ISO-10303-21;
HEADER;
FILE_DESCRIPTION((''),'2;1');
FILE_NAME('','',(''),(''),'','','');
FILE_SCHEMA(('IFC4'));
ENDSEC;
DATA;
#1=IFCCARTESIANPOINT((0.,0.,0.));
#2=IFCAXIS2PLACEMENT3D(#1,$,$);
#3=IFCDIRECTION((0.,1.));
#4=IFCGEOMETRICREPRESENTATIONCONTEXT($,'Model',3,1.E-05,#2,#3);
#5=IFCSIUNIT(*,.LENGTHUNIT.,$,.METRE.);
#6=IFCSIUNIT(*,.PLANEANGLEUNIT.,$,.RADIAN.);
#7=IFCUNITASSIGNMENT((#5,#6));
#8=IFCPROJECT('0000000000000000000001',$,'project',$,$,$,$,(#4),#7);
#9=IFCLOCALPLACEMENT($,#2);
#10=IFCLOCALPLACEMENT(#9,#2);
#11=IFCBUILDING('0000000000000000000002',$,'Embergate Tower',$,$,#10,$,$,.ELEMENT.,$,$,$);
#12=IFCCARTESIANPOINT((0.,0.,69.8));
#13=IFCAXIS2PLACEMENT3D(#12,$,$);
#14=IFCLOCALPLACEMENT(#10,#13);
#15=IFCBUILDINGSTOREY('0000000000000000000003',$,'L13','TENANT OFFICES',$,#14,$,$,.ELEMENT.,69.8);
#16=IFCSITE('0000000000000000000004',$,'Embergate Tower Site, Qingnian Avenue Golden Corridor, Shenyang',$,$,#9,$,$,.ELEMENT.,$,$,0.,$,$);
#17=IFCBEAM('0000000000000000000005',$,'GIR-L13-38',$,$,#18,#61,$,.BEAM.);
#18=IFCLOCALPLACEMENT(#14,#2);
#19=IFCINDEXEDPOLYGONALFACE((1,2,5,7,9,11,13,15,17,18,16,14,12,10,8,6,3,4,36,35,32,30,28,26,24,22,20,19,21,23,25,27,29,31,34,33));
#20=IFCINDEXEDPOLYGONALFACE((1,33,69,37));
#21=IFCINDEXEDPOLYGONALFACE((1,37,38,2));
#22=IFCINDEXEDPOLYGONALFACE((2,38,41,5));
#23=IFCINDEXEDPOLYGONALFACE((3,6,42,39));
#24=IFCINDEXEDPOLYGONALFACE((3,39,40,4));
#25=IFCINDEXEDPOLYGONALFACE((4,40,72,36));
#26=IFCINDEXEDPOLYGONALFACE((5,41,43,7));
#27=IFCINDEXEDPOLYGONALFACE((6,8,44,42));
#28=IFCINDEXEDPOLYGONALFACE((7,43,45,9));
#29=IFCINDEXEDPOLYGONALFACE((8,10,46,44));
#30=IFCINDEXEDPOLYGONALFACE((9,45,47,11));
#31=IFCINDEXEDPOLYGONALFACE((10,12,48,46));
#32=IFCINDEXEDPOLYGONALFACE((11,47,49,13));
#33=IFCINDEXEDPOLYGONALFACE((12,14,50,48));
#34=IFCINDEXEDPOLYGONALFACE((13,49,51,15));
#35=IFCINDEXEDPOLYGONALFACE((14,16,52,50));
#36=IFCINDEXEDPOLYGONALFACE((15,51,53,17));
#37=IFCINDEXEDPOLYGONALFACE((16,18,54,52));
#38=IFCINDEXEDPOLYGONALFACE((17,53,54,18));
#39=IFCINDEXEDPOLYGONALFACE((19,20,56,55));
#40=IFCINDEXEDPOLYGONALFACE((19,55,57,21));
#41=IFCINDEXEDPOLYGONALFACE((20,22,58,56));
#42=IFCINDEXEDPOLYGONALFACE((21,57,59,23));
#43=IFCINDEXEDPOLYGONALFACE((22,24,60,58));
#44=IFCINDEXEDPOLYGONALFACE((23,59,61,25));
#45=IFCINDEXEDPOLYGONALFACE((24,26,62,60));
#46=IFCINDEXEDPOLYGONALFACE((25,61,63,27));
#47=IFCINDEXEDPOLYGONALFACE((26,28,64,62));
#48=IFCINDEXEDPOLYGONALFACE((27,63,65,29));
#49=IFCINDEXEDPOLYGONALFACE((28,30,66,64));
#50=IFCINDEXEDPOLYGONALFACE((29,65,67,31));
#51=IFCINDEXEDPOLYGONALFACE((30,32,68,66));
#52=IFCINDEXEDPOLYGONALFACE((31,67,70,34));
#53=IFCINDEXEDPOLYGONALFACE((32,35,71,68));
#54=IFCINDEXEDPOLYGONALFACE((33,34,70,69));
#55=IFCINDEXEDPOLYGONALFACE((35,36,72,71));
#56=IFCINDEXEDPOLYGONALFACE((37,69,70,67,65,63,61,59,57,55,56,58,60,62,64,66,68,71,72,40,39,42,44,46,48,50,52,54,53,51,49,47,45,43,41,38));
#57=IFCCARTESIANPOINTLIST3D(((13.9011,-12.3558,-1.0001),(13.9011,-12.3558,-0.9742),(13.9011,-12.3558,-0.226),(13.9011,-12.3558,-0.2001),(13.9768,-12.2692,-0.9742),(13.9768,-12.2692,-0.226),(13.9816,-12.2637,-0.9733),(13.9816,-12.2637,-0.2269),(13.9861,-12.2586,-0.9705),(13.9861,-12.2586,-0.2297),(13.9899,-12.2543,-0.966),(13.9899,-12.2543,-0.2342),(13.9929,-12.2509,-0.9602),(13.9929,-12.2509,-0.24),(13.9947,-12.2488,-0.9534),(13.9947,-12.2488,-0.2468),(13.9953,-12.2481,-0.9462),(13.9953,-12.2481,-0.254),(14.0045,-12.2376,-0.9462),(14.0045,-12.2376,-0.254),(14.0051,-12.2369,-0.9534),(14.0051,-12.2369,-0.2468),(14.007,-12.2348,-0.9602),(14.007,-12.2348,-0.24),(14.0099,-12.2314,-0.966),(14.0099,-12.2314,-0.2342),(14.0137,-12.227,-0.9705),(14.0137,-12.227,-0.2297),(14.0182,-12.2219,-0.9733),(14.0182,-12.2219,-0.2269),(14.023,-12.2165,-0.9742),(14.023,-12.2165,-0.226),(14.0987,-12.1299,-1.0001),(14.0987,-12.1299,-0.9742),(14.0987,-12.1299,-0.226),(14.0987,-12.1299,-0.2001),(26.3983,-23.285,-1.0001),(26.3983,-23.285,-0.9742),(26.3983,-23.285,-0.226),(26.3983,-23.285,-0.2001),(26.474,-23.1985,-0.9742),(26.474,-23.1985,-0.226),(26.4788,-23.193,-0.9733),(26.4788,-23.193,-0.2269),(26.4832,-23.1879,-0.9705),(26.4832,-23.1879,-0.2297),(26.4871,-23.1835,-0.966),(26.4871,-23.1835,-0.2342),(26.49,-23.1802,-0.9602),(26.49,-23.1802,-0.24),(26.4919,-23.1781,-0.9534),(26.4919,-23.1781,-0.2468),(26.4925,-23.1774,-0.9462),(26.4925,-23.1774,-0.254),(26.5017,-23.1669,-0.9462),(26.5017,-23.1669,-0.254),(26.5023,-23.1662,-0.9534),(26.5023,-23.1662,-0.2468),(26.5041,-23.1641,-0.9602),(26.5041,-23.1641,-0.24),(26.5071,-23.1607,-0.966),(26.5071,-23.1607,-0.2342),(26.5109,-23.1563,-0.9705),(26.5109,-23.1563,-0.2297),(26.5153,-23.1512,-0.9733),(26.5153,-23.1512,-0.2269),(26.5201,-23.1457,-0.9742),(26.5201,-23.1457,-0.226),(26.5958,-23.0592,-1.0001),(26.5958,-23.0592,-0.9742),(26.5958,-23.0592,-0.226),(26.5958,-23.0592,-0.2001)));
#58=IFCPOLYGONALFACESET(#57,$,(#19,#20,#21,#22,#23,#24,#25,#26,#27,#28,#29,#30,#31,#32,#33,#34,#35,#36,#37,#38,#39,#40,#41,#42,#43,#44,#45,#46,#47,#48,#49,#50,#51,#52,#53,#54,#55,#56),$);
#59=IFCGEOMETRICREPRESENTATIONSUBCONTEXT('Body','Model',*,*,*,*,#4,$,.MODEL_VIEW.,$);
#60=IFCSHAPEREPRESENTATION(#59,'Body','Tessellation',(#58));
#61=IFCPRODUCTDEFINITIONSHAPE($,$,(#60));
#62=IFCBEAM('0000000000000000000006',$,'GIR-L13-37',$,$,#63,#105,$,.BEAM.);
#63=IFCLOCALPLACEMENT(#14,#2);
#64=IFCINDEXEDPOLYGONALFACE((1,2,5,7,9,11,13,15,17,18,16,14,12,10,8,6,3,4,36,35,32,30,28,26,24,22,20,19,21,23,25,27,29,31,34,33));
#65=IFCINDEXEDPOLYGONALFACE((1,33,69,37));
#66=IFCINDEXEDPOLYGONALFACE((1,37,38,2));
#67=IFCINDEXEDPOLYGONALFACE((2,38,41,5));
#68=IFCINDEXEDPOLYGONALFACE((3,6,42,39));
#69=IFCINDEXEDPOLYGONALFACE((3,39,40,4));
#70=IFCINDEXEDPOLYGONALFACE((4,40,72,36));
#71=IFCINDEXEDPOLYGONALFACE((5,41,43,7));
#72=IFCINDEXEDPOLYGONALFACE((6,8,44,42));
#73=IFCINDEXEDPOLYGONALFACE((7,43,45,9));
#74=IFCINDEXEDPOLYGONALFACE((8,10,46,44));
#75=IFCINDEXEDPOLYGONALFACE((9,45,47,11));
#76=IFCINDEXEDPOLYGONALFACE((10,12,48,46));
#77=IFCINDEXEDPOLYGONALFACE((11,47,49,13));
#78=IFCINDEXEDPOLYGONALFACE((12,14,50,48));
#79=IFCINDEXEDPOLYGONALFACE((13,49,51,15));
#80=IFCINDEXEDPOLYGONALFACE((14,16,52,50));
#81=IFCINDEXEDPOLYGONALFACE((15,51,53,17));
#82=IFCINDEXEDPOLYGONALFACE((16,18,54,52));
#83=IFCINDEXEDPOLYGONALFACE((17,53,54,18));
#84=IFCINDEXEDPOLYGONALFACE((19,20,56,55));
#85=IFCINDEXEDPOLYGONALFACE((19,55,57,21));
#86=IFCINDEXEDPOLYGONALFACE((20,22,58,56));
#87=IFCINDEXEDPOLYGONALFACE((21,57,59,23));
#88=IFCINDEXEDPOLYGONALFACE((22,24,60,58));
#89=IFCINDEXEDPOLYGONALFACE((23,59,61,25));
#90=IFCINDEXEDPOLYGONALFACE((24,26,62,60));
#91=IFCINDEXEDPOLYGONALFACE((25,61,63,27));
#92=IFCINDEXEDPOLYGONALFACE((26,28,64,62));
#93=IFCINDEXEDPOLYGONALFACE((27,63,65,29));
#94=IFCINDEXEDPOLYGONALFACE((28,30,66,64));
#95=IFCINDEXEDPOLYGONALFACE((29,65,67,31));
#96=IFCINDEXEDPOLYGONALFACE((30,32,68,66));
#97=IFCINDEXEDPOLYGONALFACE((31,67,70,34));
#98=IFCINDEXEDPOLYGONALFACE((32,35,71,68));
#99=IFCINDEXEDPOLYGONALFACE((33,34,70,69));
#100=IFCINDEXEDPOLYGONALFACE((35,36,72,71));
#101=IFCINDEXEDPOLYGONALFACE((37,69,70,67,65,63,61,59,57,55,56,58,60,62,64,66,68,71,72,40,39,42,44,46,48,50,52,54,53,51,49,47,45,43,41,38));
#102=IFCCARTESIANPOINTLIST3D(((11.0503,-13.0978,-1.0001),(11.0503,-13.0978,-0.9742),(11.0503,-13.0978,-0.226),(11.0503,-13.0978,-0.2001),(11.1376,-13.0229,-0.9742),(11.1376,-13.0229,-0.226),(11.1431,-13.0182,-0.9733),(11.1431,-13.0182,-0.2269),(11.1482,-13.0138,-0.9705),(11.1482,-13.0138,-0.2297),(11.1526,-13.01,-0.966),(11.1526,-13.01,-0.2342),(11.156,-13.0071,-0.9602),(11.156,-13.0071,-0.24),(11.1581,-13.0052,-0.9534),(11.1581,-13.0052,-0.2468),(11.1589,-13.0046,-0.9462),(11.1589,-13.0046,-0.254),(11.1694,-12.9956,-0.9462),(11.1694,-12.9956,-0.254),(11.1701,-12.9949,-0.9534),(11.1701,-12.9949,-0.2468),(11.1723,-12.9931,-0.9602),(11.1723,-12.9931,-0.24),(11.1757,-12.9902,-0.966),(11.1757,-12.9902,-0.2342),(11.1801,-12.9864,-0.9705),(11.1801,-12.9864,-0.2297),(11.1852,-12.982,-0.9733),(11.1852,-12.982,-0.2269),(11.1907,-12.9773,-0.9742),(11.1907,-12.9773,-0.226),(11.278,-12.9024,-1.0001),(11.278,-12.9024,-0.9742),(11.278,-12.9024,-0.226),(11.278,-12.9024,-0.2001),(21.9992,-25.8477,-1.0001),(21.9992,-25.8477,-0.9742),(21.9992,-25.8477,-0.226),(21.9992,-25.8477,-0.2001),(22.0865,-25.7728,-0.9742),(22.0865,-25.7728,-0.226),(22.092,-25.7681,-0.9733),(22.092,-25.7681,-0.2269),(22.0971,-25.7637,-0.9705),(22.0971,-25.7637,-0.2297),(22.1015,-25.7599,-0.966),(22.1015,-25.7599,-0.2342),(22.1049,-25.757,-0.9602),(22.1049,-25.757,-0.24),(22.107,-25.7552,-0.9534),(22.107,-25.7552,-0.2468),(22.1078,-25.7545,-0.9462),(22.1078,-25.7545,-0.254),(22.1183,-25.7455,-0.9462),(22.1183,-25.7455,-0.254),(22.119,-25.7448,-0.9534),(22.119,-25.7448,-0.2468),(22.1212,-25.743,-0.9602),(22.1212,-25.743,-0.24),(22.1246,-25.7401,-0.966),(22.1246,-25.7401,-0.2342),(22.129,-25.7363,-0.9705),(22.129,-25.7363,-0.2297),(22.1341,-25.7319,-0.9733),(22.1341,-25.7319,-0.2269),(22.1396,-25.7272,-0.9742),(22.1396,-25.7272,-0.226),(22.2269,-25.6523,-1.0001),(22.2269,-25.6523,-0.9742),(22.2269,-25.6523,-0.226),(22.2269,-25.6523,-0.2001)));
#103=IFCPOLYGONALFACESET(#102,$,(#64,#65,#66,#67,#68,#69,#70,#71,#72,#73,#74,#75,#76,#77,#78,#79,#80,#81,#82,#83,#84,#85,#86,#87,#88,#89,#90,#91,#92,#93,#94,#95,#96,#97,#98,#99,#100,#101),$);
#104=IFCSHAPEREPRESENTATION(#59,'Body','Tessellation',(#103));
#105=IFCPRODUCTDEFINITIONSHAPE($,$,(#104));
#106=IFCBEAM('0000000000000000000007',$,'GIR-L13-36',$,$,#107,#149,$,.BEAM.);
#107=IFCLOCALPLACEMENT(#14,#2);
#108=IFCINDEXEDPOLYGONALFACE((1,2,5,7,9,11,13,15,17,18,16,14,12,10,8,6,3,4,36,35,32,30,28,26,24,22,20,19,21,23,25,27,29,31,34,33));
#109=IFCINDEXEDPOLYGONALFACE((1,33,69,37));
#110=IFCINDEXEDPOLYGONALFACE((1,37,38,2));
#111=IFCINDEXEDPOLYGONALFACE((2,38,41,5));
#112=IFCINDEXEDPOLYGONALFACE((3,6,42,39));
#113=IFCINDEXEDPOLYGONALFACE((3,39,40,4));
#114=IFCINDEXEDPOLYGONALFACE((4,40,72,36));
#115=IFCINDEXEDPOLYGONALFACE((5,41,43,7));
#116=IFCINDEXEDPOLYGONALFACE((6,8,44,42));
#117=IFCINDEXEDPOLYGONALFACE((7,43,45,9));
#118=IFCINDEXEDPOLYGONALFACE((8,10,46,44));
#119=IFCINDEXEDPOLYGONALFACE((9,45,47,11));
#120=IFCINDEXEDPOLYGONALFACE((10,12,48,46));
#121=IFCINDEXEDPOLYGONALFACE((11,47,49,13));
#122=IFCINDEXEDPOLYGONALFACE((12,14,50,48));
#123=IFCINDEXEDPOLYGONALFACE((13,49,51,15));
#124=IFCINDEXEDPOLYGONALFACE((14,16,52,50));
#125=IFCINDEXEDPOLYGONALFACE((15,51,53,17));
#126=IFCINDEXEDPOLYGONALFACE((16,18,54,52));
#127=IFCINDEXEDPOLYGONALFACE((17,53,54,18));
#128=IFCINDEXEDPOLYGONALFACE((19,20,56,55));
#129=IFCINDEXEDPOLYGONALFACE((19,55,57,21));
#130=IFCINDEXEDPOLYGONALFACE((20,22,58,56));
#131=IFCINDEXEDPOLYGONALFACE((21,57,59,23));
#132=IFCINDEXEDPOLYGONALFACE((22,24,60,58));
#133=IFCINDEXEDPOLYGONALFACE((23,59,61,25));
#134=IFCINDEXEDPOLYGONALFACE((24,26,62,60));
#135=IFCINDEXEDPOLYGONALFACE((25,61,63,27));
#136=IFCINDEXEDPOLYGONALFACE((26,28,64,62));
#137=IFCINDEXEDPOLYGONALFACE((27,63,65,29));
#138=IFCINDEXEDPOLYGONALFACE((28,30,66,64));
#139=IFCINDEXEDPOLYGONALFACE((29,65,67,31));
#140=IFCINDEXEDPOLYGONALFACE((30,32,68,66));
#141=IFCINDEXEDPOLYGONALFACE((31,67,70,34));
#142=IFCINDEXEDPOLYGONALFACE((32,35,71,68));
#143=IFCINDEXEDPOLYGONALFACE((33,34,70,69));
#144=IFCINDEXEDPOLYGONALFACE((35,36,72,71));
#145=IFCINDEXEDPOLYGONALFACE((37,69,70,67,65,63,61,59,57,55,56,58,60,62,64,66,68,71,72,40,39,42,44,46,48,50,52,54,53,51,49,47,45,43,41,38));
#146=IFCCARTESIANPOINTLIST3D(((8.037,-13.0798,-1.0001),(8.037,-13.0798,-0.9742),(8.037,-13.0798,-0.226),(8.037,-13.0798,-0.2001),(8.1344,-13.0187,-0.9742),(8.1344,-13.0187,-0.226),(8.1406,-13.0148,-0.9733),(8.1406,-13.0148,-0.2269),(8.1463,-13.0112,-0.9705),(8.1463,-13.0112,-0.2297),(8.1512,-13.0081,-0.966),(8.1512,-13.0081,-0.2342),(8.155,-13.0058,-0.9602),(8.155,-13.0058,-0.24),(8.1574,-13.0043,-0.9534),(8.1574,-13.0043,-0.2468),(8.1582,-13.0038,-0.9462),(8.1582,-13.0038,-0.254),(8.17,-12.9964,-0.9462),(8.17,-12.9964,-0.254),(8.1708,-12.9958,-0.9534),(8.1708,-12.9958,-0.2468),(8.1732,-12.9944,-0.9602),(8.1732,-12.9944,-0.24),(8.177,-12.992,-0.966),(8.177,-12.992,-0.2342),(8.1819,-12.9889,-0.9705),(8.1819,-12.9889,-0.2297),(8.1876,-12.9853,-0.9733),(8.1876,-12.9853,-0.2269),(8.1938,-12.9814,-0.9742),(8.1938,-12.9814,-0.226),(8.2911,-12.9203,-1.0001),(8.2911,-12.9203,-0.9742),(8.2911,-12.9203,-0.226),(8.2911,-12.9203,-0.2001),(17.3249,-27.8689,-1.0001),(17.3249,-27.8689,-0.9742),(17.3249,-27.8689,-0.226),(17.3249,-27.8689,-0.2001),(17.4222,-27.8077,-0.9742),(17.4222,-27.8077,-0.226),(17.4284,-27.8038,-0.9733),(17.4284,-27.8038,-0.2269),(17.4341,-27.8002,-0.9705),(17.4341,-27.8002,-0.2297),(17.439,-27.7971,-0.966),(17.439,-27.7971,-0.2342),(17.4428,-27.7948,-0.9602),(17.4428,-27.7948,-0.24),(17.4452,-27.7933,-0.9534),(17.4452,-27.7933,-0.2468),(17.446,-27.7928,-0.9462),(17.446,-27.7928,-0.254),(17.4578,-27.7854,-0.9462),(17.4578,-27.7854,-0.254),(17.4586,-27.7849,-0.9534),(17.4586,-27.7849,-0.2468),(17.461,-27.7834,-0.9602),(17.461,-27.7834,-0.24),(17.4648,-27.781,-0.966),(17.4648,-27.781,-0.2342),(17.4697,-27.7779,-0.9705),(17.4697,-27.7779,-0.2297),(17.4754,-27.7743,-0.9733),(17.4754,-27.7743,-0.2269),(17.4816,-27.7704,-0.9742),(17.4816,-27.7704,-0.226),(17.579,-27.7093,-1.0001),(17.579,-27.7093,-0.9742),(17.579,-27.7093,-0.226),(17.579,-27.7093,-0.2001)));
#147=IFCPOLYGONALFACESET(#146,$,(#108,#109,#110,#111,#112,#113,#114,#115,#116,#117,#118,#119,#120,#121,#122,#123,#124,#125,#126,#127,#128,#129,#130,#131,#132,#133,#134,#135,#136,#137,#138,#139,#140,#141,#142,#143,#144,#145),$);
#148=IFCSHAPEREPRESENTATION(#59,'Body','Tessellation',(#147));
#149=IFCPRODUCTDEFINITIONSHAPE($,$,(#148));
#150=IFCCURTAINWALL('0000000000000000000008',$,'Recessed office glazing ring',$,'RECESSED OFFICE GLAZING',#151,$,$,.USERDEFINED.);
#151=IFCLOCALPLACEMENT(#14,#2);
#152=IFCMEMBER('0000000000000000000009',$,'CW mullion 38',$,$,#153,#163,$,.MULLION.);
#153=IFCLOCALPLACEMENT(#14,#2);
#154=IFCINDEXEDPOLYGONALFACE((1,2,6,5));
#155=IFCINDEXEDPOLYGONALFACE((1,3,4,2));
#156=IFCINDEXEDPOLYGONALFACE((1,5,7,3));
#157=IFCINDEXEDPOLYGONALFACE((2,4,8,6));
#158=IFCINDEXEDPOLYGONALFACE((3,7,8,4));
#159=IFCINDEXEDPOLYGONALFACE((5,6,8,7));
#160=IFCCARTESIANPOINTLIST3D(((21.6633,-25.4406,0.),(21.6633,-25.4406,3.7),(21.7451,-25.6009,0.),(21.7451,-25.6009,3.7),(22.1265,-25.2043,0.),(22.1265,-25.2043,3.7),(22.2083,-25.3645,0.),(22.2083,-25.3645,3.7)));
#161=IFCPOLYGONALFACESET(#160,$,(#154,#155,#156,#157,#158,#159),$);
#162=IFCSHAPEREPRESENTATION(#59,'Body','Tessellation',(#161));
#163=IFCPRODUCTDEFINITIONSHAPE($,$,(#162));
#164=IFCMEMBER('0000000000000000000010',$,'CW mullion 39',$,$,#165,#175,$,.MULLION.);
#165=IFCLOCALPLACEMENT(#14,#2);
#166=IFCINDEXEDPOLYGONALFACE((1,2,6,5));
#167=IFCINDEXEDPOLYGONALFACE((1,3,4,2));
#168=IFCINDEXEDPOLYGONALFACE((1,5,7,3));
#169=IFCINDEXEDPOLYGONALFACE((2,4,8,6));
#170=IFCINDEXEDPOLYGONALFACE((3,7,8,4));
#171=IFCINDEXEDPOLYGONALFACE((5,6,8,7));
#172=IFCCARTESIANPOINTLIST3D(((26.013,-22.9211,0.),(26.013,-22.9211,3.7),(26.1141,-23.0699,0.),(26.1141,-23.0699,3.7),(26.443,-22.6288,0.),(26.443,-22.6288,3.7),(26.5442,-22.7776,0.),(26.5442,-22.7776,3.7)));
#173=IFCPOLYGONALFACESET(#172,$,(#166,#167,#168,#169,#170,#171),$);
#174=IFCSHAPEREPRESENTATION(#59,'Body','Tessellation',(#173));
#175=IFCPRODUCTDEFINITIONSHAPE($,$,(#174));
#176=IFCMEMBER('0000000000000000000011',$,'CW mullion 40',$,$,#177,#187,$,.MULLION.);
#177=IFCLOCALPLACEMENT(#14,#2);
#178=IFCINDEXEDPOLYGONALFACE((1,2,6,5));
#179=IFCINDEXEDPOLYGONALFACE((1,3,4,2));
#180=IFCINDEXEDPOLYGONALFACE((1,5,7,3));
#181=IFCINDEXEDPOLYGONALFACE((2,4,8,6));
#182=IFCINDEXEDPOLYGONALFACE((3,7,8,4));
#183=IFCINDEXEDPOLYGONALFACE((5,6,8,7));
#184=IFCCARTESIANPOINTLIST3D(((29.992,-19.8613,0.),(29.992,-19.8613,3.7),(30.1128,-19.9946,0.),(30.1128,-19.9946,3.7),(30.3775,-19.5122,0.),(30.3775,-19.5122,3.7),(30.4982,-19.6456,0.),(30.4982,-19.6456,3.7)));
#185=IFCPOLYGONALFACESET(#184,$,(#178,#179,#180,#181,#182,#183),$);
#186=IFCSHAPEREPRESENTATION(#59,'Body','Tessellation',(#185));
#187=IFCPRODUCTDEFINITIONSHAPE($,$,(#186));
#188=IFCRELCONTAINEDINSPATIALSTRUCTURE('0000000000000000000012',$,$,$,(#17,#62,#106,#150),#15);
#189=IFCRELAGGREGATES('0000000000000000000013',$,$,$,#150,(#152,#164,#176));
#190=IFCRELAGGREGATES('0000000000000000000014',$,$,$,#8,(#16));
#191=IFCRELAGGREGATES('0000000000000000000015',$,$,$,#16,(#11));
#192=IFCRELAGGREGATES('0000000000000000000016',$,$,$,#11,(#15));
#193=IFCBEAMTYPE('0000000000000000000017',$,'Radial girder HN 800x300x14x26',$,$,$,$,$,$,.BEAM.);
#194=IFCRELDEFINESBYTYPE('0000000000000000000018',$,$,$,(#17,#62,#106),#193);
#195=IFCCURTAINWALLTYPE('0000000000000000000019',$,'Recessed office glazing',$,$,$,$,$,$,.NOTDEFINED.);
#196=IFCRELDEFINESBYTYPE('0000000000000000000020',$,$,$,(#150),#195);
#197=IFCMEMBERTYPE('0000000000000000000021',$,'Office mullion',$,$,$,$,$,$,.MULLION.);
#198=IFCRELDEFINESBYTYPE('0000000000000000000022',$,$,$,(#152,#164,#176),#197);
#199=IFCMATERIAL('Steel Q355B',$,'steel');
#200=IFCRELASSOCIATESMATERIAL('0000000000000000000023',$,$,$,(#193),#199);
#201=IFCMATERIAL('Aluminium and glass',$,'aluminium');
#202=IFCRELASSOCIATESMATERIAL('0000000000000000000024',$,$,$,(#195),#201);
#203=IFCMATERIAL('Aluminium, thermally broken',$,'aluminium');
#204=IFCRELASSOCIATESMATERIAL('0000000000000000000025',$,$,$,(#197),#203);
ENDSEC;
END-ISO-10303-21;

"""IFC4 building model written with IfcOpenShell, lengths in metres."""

from ifc_helpers import new_model, si_unit, direction, frame, origin, origin_2d, place, context, subcontext, project, spatial, rectangle, i_section, extrude, source, transform, mapped, material, material_profile, profile_set, type_object, element, aggregate, save


model = new_model("IFC4")

# Units and contexts
model_context = context("Model", 3, precision=1e-05, world=origin(), true_north=direction((0.0, 1.0)))
body_context = subcontext(model_context, "Body", "Model", "MODEL_VIEW")
ifc_project = project(units=[si_unit("LENGTHUNIT", "METRE"), si_unit("PLANEANGLEUNIT", "RADIAN")], contexts=[model_context])

# Site, building, storey
site_placement = place(None, origin())
site = spatial("IfcSite", under=ifc_project, at=site_placement, Name="Embergate Tower Site, Qingnian Avenue Golden Corridor, Shenyang", CompositionType="ELEMENT", RefElevation=0.0)
building_placement = place(site_placement, origin())
building = spatial("IfcBuilding", under=site, at=building_placement, Name="Embergate Tower", CompositionType="ELEMENT")
storey_placement = place(building_placement, frame((0.0, 0.0, 69.8)))
storey = spatial("IfcBuildingStorey", under=building, at=storey_placement, Name="L13", Description="TENANT OFFICES", CompositionType="ELEMENT", Elevation=69.8)

# Beams
ifc_material_1 = material(Name="Steel Q355B", Category="steel")
ifc_material_profile_1 = material_profile(ifc_material_1, i_section(OverallWidth=0.3, OverallDepth=0.8, WebThickness=0.0139, FlangeThickness=0.0259, FilletRadius=0.0281, at=origin_2d()), Name="HN 800x300x14x26")
ifc_profile_set_1 = profile_set([ifc_material_profile_1], Name="Steel Q355 grade B")
beam_type_1 = type_object("IfcBeamType", Name="Radial girder HN 800x300x14x26", PredefinedType="BEAM", material=ifc_profile_set_1)
shared_shape_1 = source(origin(), body_context, "Body", "SweptSolid", [
    extrude(i_section(OverallWidth=0.3, OverallDepth=0.8, WebThickness=0.0139, FlangeThickness=0.0259, FilletRadius=0.0281, at=origin_2d()), origin(), (0.0, 0.0, 1.0), 16.6021),
])
beam_1_placement = place(storey_placement, frame((26.4971, -23.1721, -0.6001), z_axis=(-0.752748, 0.658309, 0.0), x_axis=(-0.658309, -0.752748, 0.0)))
element("IfcBeam", 1, at=beam_1_placement, inside=storey, type_object=beam_type_1, Name="GIR-L13-38", PredefinedType="BEAM", context=body_context, shape_type="MappedRepresentation", body=[
    mapped(shared_shape_1, transform((0.0, 0.0, 0.0))),
])
shared_shape_2 = source(origin(), body_context, "Body", "SweptSolid", [
    extrude(i_section(OverallWidth=0.3, OverallDepth=0.8, WebThickness=0.0139, FlangeThickness=0.0259, FilletRadius=0.0281, at=origin_2d()), origin(), (0.0, 0.0, 1.0), 16.8059),
])
beam_2_placement = place(storey_placement, frame((22.113, -25.75, -0.6001), z_axis=(-0.651491, 0.758656, 0.0), x_axis=(-0.758656, -0.651491, 0.0)))
element("IfcBeam", 2, at=beam_2_placement, inside=storey, type_object=beam_type_1, Name="GIR-L13-37", PredefinedType="BEAM", context=body_context, shape_type="MappedRepresentation", body=[
    mapped(shared_shape_2, transform((0.0, 0.0, 0.0))),
])
shared_shape_3 = source(origin(), body_context, "Body", "SweptSolid", [
    extrude(i_section(OverallWidth=0.3, OverallDepth=0.8, WebThickness=0.0139, FlangeThickness=0.0259, FilletRadius=0.0281, at=origin_2d()), origin(), (0.0, 0.0, 1.0), 17.4636),
])
beam_3_placement = place(storey_placement, frame((17.4519, -27.7891, -0.6001), z_axis=(-0.531837, 0.846847, 0.0), x_axis=(-0.846847, -0.531837, 0.0)))
element("IfcBeam", 3, at=beam_3_placement, inside=storey, type_object=beam_type_1, Name="GIR-L13-36", PredefinedType="BEAM", context=body_context, shape_type="MappedRepresentation", body=[
    mapped(shared_shape_3, transform((0.0, 0.0, 0.0))),
])

# Curtain wall, members
ifc_material_2 = material(Name="Aluminium and glass", Category="aluminium")
curtain_wall_type = type_object("IfcCurtainWallType", Name="Recessed office glazing", PredefinedType="NOTDEFINED", material=ifc_material_2)
curtain_wall_placement = place(storey_placement, origin())
curtain_wall = element("IfcCurtainWall", 4, at=curtain_wall_placement, inside=storey, type_object=curtain_wall_type, Name="Recessed office glazing ring", ObjectType="RECESSED OFFICE GLAZING", PredefinedType="USERDEFINED")
ifc_material_3 = material(Name="Aluminium, thermally broken", Category="aluminium")
ifc_material_profile_2 = material_profile(ifc_material_3, rectangle(XDim=0.1799, YDim=0.52, at=origin_2d()), Name="AL 520x180")
ifc_profile_set_2 = profile_set([ifc_material_profile_2], Name="Aluminium, thermally broken")
member_type_1 = type_object("IfcMemberType", Name="Office mullion", PredefinedType="MULLION", material=ifc_profile_set_2)
shared_shape_4 = source(origin(), body_context, "Body", "SweptSolid", [
    extrude(rectangle(XDim=0.1799, YDim=0.52, at=origin_2d()), origin(), (0.0, 0.0, 1.0), 3.7),
])
member_1_placement = place(storey_placement, frame((21.9358, -25.4026, 0.0), z_axis=(0.0, 0.0, 1.0), x_axis=(-0.454516, 0.890739, 0.0)))
member_1 = element("IfcMember", 5, at=member_1_placement, type_object=member_type_1, Name="CW mullion 38", PredefinedType="MULLION", context=body_context, shape_type="MappedRepresentation", body=[
    mapped(shared_shape_4, transform((0.0, 0.0, 0.0))),
])
member_2_placement = place(storey_placement, frame((26.2786, -22.8494, 0.0), z_axis=(0.0, 0.0, 1.0), x_axis=(-0.562223, 0.826985, 0.0)))
member_2 = element("IfcMember", 6, at=member_2_placement, type_object=member_type_1, Name="CW mullion 39", PredefinedType="MULLION", context=body_context, shape_type="MappedRepresentation", body=[
    mapped(shared_shape_4, transform((0.0, 0.0, 0.0))),
])
member_3_placement = place(storey_placement, frame((30.2451, -19.7534, 0.0), z_axis=(0.0, 0.0, 1.0), x_axis=(-0.671234, 0.741245, 0.0)))
member_3 = element("IfcMember", 7, at=member_3_placement, type_object=member_type_1, Name="CW mullion 40", PredefinedType="MULLION", context=body_context, shape_type="MappedRepresentation", body=[
    mapped(shared_shape_4, transform((0.0, 0.0, 0.0))),
])
aggregate(curtain_wall, [member_1, member_2, member_3])

save(model, "model.ifc")
